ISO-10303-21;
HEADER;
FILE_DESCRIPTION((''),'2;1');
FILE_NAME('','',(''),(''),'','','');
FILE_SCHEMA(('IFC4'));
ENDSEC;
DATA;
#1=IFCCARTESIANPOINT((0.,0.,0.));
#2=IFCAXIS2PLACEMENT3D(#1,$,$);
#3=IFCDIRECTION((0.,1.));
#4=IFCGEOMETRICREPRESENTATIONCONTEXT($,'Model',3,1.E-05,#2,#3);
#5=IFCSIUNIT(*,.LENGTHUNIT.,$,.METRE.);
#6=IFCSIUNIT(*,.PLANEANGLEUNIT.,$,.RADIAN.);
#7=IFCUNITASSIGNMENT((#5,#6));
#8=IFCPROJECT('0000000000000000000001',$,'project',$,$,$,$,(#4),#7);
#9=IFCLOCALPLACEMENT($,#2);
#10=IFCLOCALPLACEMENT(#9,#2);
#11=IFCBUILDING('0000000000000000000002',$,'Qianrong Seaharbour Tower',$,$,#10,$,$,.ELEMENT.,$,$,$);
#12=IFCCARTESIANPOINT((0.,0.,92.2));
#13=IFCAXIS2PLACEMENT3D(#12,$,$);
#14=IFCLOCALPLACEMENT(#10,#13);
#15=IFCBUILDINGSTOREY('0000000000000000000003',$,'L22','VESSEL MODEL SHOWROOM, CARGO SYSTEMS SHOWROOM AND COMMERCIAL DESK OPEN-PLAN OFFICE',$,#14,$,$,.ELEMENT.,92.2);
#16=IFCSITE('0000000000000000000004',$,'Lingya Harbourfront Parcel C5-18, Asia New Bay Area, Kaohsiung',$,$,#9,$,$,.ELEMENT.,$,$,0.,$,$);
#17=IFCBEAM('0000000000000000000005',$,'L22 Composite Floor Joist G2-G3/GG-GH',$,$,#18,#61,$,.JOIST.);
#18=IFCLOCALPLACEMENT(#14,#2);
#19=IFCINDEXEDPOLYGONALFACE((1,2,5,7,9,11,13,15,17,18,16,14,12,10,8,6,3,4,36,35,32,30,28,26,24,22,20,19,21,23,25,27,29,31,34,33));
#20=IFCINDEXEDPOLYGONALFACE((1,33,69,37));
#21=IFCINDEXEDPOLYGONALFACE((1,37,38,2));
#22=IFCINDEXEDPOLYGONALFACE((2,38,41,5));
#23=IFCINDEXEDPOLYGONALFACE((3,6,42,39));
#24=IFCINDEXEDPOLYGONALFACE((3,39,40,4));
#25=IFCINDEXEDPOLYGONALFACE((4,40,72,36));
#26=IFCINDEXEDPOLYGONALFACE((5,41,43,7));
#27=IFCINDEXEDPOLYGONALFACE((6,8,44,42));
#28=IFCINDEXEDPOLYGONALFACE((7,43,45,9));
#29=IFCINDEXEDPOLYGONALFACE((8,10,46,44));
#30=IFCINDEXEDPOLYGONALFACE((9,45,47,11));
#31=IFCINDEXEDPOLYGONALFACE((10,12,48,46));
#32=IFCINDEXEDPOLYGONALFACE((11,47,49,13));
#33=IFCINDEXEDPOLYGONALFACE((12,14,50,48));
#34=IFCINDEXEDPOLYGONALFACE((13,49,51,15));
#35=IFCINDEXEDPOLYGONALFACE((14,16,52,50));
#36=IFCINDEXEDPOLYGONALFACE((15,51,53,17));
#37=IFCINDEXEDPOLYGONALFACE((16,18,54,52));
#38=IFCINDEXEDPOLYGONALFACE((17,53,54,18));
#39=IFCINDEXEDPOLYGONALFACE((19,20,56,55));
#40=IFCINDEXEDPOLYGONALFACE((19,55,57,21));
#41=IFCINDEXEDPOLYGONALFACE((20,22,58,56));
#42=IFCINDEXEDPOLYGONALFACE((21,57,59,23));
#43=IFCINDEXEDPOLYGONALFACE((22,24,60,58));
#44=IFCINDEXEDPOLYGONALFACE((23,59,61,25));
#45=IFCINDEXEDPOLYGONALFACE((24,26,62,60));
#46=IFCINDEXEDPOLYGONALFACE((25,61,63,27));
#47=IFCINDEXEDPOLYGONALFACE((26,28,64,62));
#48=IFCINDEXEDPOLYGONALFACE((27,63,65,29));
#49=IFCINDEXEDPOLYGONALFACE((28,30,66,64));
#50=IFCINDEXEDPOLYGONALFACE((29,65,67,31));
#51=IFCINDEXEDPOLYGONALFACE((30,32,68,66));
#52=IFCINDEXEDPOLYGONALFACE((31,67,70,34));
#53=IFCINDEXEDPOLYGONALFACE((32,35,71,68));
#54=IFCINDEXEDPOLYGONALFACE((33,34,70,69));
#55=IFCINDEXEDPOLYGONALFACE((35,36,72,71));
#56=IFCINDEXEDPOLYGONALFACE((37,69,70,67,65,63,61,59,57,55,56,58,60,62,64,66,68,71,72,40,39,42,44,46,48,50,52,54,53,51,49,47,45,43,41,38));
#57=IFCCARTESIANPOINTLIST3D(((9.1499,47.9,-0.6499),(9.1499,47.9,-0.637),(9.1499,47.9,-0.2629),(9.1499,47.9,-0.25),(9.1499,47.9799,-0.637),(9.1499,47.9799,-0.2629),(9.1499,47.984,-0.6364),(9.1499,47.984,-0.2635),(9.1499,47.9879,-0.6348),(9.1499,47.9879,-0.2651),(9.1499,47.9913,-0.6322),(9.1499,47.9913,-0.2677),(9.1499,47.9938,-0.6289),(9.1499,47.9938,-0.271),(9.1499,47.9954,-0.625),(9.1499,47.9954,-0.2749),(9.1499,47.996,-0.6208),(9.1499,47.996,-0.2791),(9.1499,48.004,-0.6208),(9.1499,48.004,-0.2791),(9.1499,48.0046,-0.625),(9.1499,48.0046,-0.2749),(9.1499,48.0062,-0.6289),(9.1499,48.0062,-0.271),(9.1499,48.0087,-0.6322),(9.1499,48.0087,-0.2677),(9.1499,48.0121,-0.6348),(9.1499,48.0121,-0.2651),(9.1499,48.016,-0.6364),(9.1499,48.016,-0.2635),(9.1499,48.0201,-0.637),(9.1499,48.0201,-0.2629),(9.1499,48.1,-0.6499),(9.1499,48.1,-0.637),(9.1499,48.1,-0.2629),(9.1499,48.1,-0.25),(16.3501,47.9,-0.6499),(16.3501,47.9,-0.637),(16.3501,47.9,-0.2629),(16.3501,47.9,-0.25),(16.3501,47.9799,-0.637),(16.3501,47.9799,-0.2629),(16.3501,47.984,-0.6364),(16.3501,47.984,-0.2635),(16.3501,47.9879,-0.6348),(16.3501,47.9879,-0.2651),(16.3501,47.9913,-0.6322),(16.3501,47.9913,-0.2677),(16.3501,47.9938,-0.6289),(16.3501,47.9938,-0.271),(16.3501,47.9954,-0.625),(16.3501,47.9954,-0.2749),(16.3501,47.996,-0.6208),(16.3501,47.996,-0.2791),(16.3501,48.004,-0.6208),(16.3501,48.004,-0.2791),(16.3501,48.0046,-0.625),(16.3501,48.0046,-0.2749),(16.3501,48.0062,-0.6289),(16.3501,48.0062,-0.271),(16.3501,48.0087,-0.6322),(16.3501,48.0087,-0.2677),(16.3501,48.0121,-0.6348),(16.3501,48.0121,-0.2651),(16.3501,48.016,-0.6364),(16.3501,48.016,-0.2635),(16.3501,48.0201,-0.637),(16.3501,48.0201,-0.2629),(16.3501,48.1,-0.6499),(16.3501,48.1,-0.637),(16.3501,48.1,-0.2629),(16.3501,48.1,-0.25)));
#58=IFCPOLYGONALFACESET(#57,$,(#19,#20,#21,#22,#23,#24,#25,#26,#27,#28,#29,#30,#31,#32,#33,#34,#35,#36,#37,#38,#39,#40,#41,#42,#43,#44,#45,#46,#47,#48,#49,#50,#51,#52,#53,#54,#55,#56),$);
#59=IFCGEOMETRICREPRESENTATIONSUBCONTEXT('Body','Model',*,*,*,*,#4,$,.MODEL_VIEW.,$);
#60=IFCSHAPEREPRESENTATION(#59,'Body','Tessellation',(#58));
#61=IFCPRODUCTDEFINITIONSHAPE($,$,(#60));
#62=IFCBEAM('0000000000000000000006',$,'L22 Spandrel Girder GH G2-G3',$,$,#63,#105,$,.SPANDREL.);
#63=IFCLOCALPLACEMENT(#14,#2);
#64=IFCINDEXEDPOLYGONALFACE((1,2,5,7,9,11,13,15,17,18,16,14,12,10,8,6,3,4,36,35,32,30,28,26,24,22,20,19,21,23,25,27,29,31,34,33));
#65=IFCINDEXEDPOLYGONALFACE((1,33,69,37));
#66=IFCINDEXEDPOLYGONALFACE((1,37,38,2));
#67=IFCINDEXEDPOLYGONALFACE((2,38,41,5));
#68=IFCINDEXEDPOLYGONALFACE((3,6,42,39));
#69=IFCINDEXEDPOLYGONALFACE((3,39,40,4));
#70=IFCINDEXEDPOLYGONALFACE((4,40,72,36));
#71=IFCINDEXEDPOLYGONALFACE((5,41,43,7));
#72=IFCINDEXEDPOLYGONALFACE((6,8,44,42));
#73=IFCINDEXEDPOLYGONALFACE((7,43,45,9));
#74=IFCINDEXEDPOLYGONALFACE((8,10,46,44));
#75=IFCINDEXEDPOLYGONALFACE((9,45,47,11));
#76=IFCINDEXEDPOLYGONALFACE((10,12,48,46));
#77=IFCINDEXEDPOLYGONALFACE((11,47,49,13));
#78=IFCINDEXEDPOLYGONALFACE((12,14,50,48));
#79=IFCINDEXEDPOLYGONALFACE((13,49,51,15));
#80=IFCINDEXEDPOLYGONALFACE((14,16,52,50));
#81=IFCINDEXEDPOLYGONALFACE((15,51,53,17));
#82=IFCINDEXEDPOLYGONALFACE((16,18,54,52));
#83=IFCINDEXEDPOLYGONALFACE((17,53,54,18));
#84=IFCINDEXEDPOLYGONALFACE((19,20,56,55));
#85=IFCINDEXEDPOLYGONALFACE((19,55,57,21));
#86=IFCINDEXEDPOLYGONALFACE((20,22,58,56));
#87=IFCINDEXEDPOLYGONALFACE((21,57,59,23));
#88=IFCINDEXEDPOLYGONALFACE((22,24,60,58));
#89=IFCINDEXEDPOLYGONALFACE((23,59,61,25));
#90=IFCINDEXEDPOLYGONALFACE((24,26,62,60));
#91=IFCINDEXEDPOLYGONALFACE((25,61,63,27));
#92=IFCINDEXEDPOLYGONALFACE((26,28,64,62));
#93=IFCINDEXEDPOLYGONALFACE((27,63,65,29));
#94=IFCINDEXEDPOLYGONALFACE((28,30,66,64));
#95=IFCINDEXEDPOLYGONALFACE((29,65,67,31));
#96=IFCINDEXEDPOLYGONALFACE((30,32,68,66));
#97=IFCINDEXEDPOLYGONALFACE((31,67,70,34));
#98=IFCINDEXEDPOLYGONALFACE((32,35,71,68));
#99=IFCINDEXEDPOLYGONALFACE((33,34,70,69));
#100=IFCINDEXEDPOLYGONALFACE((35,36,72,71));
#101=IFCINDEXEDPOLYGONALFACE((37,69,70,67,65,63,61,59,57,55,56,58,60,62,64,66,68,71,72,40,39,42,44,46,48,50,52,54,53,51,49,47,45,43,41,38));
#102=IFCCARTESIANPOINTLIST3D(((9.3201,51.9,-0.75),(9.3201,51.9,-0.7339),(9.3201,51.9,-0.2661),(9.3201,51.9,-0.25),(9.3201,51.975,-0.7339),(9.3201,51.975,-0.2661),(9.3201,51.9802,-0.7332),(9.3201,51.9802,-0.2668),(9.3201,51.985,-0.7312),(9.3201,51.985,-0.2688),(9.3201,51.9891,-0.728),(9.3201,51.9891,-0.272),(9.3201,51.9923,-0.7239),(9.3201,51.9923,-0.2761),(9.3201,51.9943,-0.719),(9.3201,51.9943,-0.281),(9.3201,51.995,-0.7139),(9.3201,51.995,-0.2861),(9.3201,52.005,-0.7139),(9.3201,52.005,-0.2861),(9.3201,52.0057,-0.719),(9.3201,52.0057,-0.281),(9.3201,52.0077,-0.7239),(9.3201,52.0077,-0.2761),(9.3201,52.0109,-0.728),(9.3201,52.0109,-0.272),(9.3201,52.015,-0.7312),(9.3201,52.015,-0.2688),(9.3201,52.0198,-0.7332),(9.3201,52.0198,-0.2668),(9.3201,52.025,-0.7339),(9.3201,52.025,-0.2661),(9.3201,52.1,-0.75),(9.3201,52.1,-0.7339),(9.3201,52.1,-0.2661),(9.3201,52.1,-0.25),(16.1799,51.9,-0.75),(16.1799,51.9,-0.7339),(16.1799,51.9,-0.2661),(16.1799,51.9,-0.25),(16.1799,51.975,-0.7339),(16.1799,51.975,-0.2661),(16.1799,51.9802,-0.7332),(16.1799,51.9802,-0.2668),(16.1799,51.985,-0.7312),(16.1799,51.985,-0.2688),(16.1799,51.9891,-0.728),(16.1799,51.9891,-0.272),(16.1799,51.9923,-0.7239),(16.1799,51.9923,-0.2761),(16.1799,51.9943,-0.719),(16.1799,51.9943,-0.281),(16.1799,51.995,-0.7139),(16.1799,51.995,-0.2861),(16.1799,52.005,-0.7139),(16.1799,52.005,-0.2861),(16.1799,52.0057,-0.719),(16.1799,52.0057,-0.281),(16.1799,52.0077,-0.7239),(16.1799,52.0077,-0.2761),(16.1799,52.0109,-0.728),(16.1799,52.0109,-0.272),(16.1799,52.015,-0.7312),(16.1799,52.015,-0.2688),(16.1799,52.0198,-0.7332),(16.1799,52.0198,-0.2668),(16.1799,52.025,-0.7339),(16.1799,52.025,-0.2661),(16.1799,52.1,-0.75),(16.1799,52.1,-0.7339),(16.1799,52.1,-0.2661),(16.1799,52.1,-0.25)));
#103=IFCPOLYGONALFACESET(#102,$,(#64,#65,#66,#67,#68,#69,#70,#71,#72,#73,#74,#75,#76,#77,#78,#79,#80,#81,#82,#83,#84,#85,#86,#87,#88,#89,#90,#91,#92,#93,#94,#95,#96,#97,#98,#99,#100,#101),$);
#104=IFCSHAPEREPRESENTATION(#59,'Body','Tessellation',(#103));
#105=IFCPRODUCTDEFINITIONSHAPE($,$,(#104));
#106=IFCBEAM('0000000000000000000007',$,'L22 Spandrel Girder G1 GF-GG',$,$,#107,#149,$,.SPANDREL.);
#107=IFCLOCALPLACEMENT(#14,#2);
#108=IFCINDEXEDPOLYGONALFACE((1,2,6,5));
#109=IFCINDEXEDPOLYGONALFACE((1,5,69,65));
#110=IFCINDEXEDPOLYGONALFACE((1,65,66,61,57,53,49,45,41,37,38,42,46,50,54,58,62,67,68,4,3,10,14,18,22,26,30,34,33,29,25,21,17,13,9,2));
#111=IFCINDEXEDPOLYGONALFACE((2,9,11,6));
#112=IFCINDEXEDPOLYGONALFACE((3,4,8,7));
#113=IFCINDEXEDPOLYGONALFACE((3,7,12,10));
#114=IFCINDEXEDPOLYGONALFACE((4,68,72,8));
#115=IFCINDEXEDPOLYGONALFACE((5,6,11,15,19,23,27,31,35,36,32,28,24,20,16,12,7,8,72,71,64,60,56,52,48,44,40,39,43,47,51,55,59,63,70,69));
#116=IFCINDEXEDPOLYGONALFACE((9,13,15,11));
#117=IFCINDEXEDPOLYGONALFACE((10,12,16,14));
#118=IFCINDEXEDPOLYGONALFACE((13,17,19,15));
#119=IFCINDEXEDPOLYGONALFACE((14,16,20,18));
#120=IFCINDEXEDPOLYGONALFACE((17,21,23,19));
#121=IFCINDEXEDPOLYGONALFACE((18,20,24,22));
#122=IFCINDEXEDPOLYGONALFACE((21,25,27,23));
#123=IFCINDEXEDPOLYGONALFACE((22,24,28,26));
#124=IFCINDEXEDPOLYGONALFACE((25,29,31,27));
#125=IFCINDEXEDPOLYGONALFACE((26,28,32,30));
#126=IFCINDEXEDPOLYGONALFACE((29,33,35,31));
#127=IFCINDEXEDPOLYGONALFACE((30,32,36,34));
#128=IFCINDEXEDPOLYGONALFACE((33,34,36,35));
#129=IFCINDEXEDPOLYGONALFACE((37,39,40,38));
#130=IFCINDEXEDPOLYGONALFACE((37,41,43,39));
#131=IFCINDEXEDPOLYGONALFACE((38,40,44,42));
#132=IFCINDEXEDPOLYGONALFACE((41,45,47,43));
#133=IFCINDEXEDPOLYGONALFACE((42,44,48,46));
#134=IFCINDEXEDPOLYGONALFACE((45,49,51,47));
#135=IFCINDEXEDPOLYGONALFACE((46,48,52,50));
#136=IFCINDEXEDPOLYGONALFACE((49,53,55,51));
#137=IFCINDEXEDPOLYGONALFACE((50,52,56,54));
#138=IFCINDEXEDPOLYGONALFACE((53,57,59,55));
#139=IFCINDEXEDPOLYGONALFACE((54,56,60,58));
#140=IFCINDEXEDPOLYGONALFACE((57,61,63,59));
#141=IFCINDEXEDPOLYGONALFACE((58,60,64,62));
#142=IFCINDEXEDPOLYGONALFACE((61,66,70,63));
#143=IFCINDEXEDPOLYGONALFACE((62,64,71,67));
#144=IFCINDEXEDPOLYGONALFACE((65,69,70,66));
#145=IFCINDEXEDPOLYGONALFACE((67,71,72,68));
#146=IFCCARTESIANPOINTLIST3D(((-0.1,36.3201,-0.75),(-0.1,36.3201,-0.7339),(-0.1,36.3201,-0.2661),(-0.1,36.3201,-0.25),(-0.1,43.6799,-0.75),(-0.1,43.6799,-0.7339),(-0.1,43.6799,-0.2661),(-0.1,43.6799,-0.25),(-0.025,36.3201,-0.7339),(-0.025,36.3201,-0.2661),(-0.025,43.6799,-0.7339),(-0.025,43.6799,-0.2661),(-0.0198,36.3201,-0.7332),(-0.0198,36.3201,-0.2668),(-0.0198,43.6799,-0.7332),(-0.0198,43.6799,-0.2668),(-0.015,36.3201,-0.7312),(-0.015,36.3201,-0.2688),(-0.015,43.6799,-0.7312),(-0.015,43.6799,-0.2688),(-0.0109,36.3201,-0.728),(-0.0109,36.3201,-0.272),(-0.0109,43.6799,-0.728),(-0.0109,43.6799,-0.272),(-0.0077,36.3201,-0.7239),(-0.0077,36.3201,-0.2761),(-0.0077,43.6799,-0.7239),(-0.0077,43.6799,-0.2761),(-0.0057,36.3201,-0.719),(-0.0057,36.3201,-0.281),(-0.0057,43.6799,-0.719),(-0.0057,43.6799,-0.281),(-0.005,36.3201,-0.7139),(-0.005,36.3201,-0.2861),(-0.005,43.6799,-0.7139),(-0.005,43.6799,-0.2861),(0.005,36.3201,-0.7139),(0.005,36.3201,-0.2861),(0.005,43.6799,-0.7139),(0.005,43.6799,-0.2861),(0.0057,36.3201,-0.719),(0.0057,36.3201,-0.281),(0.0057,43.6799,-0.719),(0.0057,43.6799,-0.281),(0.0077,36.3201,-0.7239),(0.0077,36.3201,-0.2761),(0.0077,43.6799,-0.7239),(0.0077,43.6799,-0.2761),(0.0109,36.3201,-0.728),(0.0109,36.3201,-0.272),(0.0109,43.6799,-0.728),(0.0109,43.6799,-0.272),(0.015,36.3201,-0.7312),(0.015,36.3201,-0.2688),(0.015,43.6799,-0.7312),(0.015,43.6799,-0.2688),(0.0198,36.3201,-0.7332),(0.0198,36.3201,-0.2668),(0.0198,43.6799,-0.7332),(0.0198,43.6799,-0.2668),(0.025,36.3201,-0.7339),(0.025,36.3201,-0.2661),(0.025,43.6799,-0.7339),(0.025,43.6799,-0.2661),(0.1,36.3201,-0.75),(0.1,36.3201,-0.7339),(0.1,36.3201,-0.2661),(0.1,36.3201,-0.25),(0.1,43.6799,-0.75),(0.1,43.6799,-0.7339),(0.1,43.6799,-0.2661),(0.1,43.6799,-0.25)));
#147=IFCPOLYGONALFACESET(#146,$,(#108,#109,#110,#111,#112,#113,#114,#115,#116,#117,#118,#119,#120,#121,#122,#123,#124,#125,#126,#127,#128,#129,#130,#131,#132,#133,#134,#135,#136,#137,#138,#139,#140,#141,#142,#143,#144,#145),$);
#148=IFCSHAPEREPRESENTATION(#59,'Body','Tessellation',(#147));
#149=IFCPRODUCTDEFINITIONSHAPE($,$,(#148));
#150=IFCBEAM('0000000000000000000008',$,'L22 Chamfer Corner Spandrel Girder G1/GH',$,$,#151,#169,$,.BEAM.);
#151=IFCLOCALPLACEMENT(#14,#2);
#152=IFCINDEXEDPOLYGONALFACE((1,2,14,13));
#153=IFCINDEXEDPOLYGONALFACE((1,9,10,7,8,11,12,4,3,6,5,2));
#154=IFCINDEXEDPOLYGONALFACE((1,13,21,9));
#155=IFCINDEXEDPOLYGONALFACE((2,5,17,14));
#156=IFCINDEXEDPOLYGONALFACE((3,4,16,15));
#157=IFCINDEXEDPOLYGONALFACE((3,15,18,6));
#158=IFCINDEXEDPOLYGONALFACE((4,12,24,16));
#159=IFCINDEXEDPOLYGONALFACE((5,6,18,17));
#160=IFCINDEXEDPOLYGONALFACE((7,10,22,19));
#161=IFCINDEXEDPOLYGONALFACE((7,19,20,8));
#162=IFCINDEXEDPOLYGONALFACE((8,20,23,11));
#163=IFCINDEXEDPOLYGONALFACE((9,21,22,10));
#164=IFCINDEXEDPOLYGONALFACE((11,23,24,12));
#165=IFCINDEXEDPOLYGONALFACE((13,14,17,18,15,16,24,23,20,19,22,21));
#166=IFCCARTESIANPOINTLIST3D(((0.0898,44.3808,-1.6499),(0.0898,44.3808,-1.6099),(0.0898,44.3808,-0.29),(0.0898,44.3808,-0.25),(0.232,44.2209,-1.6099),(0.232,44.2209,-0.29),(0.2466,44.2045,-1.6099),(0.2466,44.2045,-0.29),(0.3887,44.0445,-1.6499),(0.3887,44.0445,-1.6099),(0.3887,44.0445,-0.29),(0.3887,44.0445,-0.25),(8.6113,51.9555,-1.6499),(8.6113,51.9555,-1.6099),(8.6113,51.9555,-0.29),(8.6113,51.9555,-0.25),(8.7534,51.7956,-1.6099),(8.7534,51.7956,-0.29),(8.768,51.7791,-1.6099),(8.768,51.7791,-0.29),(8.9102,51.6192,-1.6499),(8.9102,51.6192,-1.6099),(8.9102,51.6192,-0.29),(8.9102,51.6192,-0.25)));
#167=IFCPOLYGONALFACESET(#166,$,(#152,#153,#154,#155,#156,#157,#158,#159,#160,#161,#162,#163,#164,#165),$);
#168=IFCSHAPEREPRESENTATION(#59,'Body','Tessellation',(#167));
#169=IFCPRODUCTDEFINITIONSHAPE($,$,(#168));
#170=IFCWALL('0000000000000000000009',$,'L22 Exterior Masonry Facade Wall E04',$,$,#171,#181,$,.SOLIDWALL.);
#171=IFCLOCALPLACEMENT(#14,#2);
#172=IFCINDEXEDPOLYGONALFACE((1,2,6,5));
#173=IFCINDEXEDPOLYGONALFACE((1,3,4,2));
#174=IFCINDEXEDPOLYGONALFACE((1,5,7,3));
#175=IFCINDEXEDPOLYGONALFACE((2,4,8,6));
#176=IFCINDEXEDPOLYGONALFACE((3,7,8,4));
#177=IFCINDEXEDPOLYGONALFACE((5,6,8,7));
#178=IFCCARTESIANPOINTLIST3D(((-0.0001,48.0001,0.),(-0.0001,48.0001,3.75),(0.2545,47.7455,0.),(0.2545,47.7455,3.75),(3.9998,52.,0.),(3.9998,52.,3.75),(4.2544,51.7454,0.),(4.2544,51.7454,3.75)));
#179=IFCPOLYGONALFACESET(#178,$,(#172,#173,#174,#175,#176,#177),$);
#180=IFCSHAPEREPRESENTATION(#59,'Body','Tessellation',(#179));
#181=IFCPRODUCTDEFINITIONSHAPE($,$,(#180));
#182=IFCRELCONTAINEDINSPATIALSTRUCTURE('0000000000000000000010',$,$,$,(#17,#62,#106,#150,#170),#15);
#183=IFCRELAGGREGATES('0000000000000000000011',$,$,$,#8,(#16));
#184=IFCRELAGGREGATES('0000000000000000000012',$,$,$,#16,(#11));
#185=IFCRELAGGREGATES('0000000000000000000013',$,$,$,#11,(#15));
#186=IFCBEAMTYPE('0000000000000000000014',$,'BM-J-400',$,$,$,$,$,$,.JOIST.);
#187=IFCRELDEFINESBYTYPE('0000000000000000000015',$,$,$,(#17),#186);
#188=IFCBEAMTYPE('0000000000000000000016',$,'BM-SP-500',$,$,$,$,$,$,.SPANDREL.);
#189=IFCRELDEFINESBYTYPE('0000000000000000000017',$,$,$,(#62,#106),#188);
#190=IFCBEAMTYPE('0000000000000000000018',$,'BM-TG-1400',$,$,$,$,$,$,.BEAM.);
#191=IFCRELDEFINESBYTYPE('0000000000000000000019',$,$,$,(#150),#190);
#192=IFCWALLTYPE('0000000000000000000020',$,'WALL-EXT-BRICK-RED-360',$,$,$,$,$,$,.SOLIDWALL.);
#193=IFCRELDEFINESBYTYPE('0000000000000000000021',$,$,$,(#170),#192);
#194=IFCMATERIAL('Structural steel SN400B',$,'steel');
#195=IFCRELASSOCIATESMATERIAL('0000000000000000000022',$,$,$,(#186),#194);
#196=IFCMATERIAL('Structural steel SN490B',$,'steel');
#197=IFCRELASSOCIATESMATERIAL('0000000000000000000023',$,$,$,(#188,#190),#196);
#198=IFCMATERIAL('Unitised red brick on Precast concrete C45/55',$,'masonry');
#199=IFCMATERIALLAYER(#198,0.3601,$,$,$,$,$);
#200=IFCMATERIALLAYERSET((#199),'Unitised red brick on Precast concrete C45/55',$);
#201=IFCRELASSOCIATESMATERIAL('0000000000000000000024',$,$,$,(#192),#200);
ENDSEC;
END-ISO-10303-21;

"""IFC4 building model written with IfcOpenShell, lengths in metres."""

from ifc_helpers import new_model, si_unit, direction, frame, frame_2d, origin, origin_2d, place, context, subcontext, project, spatial, rectangle, i_section, extrude, material, layer, layer_set, material_profile, profile_set, type_object, element, save


model = new_model("IFC4")

# Units and contexts
model_context = context("Model", 3, precision=1e-05, world=origin(), true_north=direction((0.0, 1.0)))
body_context = subcontext(model_context, "Body", "Model", "MODEL_VIEW")
ifc_project = project(units=[si_unit("LENGTHUNIT", "METRE"), si_unit("PLANEANGLEUNIT", "RADIAN")], contexts=[model_context])

# Site, building, storey
site_placement = place(None, origin())
site = spatial("IfcSite", under=ifc_project, at=site_placement, Name="Lingya Harbourfront Parcel C5-18, Asia New Bay Area, Kaohsiung", CompositionType="ELEMENT", RefElevation=0.0)
building_placement = place(site_placement, origin())
building = spatial("IfcBuilding", under=site, at=building_placement, Name="Qianrong Seaharbour Tower", CompositionType="ELEMENT")
storey_placement = place(building_placement, frame((0.0, 0.0, 92.2)))
storey = spatial("IfcBuildingStorey", under=building, at=storey_placement, Name="L22", Description="VESSEL MODEL SHOWROOM, CARGO SYSTEMS SHOWROOM AND COMMERCIAL DESK OPEN-PLAN OFFICE", CompositionType="ELEMENT", Elevation=92.2)

# Shared definitions
ifc_material_1 = material(Name="Structural steel SN490B", Category="steel")

# Beams
ifc_material_2 = material(Name="Structural steel SN400B", Category="steel")
ifc_material_profile_1 = material_profile(ifc_material_2, i_section(OverallWidth=0.2, OverallDepth=0.3999, WebThickness=0.0081, FlangeThickness=0.0129, FilletRadius=0.0161, at=origin_2d()), Name="H400x200x8x13")
ifc_profile_set_1 = profile_set([ifc_material_profile_1], Name="Structural steel SN400B")
beam_type_1 = type_object("IfcBeamType", Name="BM-J-400", PredefinedType="JOIST", material=ifc_profile_set_1)
for number, where, z_axis, x_axis, name in (
    (1, (9.1499, 48.0, -0.45), (1.0, 0.0, 0.0), (0.0, 1.0, 0.0), "L22 Composite Floor Joist G2-G3/GG-GH"),
):
    element("IfcBeam", number, at=place(storey_placement, frame(where, z_axis=z_axis, x_axis=x_axis)), inside=storey, type_object=beam_type_1, Name=name, PredefinedType="JOIST", context=body_context, shape_type="SweptSolid", body=[
        extrude(i_section(OverallWidth=0.2, OverallDepth=0.3999, WebThickness=0.0081, FlangeThickness=0.0129, FilletRadius=0.0161, at=origin_2d()), origin(), (0.0, 0.0, 1.0), 7.2002),
    ])
ifc_material_profile_2 = material_profile(ifc_material_1, i_section(OverallWidth=0.2, OverallDepth=0.5, WebThickness=0.01, FlangeThickness=0.0161, FilletRadius=0.02, at=origin_2d()), Name="H500x200x10x16")
ifc_profile_set_2 = profile_set([ifc_material_profile_2], Name="Structural steel SN490B")
beam_type_2 = type_object("IfcBeamType", Name="BM-SP-500", PredefinedType="SPANDREL", material=ifc_profile_set_2)
beam_1_placement = place(storey_placement, frame((9.3201, 52.0, -0.5), z_axis=(1.0, 0.0, 0.0), x_axis=(0.0, 1.0, 0.0)))
element("IfcBeam", 2, at=beam_1_placement, inside=storey, type_object=beam_type_2, Name="L22 Spandrel Girder GH G2-G3", PredefinedType="SPANDREL", context=body_context, shape_type="SweptSolid", body=[
    extrude(i_section(OverallWidth=0.2, OverallDepth=0.5, WebThickness=0.01, FlangeThickness=0.0161, FilletRadius=0.02, at=origin_2d()), origin(), (0.0, 0.0, 1.0), 6.8599),
])
beam_2_placement = place(storey_placement, frame((0.0, 36.3201, -0.5), z_axis=(0.0, 1.0, 0.0), x_axis=(-1.0, 0.0, 0.0)))
element("IfcBeam", 3, at=beam_2_placement, inside=storey, type_object=beam_type_2, Name="L22 Spandrel Girder G1 GF-GG", PredefinedType="SPANDREL", context=body_context, shape_type="SweptSolid", body=[
    extrude(i_section(OverallWidth=0.2, OverallDepth=0.5, WebThickness=0.01, FlangeThickness=0.0161, FilletRadius=0.02, at=origin_2d()), origin(), (0.0, 0.0, 1.0), 7.3599),
])
ifc_material_profile_3 = material_profile(ifc_material_1, i_section(OverallWidth=0.45, OverallDepth=1.3999, WebThickness=0.022, FlangeThickness=0.04, at=origin_2d()), Name="BH1400x450x22x40")
ifc_profile_set_3 = profile_set([ifc_material_profile_3], Name="Structural steel SN490B")
beam_type_3 = type_object("IfcBeamType", Name="BM-TG-1400", PredefinedType="BEAM", material=ifc_profile_set_3)
beam_3_placement = place(storey_placement, frame((8.7607, 51.7874, -0.95), z_axis=(-0.747407, -0.664366, 0.0), x_axis=(0.664366, -0.747407, 0.0)))
element("IfcBeam", 4, at=beam_3_placement, inside=storey, type_object=beam_type_3, Name="L22 Chamfer Corner Spandrel Girder G1/GH", PredefinedType="BEAM", context=body_context, shape_type="SweptSolid", body=[
    extrude(i_section(OverallWidth=0.45, OverallDepth=1.3999, WebThickness=0.022, FlangeThickness=0.04, at=origin_2d()), origin(), (0.0, 0.0, 1.0), 11.4014),
])

# Wall
ifc_material_3 = material(Name="Unitised red brick on Precast concrete C45/55", Category="masonry")
ifc_layer_1 = layer(ifc_material_3, 0.3601)
ifc_layer_set_1 = layer_set([ifc_layer_1], Name="Unitised red brick on Precast concrete C45/55")
wall_type_1 = type_object("IfcWallType", Name="WALL-EXT-BRICK-RED-360", PredefinedType="SOLIDWALL", material=ifc_layer_set_1)
wall_1_placement = place(storey_placement, frame((0.1272, 47.8728, 0.0), z_axis=(0.0, 0.0, 1.0), x_axis=(0.707107, 0.707107, 0.0)))
element("IfcWall", 5, at=wall_1_placement, inside=storey, type_object=wall_type_1, Name="L22 Exterior Masonry Facade Wall E04", PredefinedType="SOLIDWALL", context=body_context, shape_type="SweptSolid", body=[
    extrude(rectangle(XDim=5.6567, YDim=0.3601, at=frame_2d((2.8284, 0.0))), origin(), (0.0, 0.0, 1.0), 3.75),
])

save(model, "model.ifc")
